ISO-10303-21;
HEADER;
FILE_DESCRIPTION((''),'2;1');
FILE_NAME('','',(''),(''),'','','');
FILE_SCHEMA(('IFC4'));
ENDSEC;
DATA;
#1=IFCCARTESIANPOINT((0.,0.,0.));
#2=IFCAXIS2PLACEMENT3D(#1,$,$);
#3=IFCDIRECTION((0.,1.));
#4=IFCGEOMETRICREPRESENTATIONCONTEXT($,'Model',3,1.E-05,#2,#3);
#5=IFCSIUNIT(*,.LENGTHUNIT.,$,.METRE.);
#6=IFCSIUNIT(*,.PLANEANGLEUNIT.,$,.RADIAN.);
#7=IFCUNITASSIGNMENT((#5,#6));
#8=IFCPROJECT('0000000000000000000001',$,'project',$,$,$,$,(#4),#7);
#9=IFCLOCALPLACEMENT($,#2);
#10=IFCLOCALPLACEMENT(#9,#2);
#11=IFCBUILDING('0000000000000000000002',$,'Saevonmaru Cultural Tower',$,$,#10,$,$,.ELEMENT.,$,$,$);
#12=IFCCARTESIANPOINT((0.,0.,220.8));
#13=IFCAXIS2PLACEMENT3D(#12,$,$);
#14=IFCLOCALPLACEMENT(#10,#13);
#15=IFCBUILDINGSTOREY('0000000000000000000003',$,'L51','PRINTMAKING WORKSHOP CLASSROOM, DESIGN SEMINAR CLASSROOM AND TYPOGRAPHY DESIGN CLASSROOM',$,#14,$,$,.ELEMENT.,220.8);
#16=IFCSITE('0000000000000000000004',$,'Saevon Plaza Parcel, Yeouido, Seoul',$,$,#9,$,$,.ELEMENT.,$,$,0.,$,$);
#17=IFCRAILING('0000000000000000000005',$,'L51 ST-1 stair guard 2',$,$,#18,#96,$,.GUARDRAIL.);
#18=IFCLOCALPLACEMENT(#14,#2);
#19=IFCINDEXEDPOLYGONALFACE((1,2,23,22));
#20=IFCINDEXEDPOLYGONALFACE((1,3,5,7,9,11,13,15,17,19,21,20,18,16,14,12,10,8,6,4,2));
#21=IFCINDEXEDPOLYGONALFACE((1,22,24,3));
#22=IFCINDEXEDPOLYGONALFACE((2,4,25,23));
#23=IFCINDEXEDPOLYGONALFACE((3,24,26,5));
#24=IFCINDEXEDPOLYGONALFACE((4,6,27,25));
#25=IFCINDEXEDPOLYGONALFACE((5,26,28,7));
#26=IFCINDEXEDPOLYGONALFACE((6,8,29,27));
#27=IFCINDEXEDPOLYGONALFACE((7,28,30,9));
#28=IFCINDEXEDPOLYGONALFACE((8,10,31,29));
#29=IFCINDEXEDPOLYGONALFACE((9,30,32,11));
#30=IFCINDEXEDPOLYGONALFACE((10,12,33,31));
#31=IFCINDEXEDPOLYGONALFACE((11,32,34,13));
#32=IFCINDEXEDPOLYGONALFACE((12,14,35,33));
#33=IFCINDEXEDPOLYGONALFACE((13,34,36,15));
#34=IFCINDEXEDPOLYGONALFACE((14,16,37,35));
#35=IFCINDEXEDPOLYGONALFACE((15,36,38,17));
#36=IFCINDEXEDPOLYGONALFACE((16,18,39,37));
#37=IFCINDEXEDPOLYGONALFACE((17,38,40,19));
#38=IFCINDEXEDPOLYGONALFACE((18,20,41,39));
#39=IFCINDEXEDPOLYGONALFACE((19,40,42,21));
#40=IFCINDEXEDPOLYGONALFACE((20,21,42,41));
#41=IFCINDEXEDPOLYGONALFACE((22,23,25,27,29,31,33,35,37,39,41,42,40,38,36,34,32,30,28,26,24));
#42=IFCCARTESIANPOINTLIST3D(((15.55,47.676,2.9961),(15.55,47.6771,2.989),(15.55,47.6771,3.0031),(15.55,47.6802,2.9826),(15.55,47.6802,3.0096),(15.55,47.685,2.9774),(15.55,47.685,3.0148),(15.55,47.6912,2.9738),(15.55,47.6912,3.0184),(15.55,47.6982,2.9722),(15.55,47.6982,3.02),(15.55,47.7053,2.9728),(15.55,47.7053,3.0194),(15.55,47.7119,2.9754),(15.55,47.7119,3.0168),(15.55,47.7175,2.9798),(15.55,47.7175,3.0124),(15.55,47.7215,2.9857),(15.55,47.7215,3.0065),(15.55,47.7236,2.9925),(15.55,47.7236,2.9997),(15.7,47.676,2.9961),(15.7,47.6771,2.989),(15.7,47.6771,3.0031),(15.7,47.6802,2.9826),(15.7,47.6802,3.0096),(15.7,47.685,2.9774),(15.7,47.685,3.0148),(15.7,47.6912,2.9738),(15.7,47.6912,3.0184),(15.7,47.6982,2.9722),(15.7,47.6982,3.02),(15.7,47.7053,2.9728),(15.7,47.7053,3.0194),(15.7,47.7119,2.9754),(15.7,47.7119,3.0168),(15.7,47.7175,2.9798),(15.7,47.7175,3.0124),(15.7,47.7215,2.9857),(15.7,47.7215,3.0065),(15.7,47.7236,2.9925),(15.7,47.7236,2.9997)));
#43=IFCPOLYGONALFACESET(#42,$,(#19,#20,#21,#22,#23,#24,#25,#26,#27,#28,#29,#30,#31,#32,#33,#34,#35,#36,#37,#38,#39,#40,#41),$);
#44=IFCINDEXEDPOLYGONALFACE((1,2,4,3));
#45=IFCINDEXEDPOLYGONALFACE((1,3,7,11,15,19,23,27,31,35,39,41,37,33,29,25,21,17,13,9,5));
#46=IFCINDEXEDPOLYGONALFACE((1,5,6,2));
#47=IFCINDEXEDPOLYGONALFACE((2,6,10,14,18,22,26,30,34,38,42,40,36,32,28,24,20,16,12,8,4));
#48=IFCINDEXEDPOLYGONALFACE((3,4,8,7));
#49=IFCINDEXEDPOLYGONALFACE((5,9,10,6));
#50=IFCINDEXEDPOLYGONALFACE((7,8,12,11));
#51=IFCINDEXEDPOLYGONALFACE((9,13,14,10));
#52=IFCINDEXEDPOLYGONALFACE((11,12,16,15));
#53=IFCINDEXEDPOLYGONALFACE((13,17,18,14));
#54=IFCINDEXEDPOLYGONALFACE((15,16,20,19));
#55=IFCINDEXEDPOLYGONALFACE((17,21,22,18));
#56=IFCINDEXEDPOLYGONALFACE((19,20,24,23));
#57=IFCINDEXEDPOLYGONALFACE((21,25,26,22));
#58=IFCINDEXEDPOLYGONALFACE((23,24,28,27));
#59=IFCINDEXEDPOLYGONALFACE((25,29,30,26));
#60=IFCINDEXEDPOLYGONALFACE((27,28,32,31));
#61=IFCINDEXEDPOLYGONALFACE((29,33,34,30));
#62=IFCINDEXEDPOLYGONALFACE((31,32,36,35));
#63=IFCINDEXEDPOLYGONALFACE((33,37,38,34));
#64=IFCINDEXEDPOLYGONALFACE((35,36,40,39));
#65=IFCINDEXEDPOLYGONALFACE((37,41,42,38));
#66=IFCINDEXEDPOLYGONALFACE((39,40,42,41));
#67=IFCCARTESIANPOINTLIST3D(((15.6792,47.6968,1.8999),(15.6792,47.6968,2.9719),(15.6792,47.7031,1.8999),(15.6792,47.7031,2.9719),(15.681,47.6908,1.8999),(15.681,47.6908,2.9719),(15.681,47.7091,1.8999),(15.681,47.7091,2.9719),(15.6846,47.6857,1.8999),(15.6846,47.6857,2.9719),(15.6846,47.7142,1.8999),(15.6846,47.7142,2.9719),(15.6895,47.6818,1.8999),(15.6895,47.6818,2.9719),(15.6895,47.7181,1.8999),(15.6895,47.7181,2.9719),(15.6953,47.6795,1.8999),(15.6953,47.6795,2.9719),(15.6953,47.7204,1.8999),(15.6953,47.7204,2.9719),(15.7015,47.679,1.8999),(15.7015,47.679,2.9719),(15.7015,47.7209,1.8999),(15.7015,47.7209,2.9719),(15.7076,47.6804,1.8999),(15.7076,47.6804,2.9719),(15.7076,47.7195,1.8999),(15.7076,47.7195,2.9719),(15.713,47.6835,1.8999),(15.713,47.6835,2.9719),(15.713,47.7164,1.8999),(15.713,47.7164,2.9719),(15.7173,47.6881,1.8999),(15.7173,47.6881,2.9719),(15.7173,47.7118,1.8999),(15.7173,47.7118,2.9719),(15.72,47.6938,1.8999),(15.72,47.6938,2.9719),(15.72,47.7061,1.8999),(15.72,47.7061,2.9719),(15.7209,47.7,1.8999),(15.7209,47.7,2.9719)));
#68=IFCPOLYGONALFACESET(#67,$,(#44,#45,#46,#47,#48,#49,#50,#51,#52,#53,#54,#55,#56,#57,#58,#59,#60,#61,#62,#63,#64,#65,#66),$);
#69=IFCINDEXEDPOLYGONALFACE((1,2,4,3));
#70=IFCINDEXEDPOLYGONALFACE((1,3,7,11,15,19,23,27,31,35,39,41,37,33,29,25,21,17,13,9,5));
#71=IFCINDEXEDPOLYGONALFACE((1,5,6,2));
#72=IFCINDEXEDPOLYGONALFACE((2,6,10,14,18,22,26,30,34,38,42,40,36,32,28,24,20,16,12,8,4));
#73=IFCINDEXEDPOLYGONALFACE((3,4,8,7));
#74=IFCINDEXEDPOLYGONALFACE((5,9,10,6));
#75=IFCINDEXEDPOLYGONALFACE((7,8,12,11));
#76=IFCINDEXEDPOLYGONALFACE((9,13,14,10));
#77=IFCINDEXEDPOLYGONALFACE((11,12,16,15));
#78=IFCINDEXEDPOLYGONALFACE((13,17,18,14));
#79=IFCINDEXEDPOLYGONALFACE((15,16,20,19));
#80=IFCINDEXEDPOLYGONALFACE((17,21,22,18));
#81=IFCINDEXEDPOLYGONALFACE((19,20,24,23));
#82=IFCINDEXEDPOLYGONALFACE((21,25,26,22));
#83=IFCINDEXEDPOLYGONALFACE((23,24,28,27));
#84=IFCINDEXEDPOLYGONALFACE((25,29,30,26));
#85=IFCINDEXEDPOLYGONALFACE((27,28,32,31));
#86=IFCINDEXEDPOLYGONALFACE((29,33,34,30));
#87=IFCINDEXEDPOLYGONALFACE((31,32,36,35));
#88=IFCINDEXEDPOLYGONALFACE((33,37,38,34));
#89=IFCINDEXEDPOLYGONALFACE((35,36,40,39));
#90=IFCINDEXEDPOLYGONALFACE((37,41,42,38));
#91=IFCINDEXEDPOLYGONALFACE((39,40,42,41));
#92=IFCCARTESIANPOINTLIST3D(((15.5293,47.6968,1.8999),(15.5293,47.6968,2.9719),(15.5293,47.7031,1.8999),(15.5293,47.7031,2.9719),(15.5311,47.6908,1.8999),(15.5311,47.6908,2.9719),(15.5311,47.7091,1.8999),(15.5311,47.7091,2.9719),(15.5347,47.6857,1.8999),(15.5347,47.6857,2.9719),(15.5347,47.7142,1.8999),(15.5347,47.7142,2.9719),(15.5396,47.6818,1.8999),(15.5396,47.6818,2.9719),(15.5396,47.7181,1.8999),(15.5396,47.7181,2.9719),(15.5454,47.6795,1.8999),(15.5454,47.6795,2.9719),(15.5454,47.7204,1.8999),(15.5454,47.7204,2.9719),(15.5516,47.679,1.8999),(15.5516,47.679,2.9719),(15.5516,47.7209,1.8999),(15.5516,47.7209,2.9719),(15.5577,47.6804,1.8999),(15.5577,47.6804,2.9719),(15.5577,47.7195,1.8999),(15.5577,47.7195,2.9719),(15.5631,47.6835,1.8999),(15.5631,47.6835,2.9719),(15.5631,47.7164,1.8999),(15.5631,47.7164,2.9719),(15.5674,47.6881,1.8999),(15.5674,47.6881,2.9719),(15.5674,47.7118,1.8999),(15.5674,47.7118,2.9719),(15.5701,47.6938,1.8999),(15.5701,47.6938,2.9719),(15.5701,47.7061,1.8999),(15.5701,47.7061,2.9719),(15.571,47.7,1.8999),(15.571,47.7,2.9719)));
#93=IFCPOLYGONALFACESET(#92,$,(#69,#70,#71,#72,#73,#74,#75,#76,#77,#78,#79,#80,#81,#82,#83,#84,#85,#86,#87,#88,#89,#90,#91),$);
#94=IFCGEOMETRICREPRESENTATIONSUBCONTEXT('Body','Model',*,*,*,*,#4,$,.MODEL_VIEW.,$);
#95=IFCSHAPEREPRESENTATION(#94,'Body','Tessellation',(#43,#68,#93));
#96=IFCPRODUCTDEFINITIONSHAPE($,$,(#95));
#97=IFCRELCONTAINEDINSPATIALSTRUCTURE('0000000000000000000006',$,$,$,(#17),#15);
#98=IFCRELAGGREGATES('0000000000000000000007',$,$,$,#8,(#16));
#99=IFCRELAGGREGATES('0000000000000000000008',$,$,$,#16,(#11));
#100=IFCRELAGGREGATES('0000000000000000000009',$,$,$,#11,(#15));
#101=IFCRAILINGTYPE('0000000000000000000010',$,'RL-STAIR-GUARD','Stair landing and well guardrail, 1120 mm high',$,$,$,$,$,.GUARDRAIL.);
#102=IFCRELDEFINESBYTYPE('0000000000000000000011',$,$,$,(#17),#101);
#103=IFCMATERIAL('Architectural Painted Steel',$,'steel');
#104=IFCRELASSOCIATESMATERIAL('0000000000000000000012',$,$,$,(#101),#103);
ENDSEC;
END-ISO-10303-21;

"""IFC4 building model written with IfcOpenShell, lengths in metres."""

from ifc_helpers import new_model, si_unit, direction, frame, origin, origin_2d, place, context, subcontext, project, spatial, circle, extrude, material, type_object, element, save


model = new_model("IFC4")

# Units and contexts
model_context = context("Model", 3, precision=1e-05, world=origin(), true_north=direction((0.0, 1.0)))
body_context = subcontext(model_context, "Body", "Model", "MODEL_VIEW")
ifc_project = project(units=[si_unit("LENGTHUNIT", "METRE"), si_unit("PLANEANGLEUNIT", "RADIAN")], contexts=[model_context])

# Site, building, storey
site_placement = place(None, origin())
site = spatial("IfcSite", under=ifc_project, at=site_placement, Name="Saevon Plaza Parcel, Yeouido, Seoul", CompositionType="ELEMENT", RefElevation=0.0)
building_placement = place(site_placement, origin())
building = spatial("IfcBuilding", under=site, at=building_placement, Name="Saevonmaru Cultural Tower", CompositionType="ELEMENT")
storey_placement = place(building_placement, frame((0.0, 0.0, 220.8)))
storey = spatial("IfcBuildingStorey", under=building, at=storey_placement, Name="L51", Description="PRINTMAKING WORKSHOP CLASSROOM, DESIGN SEMINAR CLASSROOM AND TYPOGRAPHY DESIGN CLASSROOM", CompositionType="ELEMENT", Elevation=220.8)

# Railing
ifc_material_1 = material(Name="Architectural Painted Steel", Category="steel")
railing_type_1 = type_object("IfcRailingType", Name="RL-STAIR-GUARD", Description="Stair landing and well guardrail, 1120 mm high", PredefinedType="GUARDRAIL", material=ifc_material_1)
railing_1_placement = place(storey_placement, frame((15.7, 47.7, 1.8999)))
element("IfcRailing", 1, at=railing_1_placement, inside=storey, type_object=railing_type_1, Name="L51 ST-1 stair guard 2", PredefinedType="GUARDRAIL", context=body_context, shape_type="SweptSolid", body=[
    extrude(circle(Radius=0.0239, at=origin_2d()), frame((0.0, 0.0, 1.0962), z_axis=(-1.0, 0.0, 0.0), x_axis=(0.0, -1.0, 0.0)), (0.0, 0.0, 1.0), 0.1499),
    extrude(circle(Radius=0.021, at=origin_2d()), origin(), (0.0, 0.0, 1.0), 1.072),
    extrude(circle(Radius=0.021, at=origin_2d()), frame((-0.1499, 0.0, 0.0)), (0.0, 0.0, 1.0), 1.072),
])

save(model, "model.ifc")
